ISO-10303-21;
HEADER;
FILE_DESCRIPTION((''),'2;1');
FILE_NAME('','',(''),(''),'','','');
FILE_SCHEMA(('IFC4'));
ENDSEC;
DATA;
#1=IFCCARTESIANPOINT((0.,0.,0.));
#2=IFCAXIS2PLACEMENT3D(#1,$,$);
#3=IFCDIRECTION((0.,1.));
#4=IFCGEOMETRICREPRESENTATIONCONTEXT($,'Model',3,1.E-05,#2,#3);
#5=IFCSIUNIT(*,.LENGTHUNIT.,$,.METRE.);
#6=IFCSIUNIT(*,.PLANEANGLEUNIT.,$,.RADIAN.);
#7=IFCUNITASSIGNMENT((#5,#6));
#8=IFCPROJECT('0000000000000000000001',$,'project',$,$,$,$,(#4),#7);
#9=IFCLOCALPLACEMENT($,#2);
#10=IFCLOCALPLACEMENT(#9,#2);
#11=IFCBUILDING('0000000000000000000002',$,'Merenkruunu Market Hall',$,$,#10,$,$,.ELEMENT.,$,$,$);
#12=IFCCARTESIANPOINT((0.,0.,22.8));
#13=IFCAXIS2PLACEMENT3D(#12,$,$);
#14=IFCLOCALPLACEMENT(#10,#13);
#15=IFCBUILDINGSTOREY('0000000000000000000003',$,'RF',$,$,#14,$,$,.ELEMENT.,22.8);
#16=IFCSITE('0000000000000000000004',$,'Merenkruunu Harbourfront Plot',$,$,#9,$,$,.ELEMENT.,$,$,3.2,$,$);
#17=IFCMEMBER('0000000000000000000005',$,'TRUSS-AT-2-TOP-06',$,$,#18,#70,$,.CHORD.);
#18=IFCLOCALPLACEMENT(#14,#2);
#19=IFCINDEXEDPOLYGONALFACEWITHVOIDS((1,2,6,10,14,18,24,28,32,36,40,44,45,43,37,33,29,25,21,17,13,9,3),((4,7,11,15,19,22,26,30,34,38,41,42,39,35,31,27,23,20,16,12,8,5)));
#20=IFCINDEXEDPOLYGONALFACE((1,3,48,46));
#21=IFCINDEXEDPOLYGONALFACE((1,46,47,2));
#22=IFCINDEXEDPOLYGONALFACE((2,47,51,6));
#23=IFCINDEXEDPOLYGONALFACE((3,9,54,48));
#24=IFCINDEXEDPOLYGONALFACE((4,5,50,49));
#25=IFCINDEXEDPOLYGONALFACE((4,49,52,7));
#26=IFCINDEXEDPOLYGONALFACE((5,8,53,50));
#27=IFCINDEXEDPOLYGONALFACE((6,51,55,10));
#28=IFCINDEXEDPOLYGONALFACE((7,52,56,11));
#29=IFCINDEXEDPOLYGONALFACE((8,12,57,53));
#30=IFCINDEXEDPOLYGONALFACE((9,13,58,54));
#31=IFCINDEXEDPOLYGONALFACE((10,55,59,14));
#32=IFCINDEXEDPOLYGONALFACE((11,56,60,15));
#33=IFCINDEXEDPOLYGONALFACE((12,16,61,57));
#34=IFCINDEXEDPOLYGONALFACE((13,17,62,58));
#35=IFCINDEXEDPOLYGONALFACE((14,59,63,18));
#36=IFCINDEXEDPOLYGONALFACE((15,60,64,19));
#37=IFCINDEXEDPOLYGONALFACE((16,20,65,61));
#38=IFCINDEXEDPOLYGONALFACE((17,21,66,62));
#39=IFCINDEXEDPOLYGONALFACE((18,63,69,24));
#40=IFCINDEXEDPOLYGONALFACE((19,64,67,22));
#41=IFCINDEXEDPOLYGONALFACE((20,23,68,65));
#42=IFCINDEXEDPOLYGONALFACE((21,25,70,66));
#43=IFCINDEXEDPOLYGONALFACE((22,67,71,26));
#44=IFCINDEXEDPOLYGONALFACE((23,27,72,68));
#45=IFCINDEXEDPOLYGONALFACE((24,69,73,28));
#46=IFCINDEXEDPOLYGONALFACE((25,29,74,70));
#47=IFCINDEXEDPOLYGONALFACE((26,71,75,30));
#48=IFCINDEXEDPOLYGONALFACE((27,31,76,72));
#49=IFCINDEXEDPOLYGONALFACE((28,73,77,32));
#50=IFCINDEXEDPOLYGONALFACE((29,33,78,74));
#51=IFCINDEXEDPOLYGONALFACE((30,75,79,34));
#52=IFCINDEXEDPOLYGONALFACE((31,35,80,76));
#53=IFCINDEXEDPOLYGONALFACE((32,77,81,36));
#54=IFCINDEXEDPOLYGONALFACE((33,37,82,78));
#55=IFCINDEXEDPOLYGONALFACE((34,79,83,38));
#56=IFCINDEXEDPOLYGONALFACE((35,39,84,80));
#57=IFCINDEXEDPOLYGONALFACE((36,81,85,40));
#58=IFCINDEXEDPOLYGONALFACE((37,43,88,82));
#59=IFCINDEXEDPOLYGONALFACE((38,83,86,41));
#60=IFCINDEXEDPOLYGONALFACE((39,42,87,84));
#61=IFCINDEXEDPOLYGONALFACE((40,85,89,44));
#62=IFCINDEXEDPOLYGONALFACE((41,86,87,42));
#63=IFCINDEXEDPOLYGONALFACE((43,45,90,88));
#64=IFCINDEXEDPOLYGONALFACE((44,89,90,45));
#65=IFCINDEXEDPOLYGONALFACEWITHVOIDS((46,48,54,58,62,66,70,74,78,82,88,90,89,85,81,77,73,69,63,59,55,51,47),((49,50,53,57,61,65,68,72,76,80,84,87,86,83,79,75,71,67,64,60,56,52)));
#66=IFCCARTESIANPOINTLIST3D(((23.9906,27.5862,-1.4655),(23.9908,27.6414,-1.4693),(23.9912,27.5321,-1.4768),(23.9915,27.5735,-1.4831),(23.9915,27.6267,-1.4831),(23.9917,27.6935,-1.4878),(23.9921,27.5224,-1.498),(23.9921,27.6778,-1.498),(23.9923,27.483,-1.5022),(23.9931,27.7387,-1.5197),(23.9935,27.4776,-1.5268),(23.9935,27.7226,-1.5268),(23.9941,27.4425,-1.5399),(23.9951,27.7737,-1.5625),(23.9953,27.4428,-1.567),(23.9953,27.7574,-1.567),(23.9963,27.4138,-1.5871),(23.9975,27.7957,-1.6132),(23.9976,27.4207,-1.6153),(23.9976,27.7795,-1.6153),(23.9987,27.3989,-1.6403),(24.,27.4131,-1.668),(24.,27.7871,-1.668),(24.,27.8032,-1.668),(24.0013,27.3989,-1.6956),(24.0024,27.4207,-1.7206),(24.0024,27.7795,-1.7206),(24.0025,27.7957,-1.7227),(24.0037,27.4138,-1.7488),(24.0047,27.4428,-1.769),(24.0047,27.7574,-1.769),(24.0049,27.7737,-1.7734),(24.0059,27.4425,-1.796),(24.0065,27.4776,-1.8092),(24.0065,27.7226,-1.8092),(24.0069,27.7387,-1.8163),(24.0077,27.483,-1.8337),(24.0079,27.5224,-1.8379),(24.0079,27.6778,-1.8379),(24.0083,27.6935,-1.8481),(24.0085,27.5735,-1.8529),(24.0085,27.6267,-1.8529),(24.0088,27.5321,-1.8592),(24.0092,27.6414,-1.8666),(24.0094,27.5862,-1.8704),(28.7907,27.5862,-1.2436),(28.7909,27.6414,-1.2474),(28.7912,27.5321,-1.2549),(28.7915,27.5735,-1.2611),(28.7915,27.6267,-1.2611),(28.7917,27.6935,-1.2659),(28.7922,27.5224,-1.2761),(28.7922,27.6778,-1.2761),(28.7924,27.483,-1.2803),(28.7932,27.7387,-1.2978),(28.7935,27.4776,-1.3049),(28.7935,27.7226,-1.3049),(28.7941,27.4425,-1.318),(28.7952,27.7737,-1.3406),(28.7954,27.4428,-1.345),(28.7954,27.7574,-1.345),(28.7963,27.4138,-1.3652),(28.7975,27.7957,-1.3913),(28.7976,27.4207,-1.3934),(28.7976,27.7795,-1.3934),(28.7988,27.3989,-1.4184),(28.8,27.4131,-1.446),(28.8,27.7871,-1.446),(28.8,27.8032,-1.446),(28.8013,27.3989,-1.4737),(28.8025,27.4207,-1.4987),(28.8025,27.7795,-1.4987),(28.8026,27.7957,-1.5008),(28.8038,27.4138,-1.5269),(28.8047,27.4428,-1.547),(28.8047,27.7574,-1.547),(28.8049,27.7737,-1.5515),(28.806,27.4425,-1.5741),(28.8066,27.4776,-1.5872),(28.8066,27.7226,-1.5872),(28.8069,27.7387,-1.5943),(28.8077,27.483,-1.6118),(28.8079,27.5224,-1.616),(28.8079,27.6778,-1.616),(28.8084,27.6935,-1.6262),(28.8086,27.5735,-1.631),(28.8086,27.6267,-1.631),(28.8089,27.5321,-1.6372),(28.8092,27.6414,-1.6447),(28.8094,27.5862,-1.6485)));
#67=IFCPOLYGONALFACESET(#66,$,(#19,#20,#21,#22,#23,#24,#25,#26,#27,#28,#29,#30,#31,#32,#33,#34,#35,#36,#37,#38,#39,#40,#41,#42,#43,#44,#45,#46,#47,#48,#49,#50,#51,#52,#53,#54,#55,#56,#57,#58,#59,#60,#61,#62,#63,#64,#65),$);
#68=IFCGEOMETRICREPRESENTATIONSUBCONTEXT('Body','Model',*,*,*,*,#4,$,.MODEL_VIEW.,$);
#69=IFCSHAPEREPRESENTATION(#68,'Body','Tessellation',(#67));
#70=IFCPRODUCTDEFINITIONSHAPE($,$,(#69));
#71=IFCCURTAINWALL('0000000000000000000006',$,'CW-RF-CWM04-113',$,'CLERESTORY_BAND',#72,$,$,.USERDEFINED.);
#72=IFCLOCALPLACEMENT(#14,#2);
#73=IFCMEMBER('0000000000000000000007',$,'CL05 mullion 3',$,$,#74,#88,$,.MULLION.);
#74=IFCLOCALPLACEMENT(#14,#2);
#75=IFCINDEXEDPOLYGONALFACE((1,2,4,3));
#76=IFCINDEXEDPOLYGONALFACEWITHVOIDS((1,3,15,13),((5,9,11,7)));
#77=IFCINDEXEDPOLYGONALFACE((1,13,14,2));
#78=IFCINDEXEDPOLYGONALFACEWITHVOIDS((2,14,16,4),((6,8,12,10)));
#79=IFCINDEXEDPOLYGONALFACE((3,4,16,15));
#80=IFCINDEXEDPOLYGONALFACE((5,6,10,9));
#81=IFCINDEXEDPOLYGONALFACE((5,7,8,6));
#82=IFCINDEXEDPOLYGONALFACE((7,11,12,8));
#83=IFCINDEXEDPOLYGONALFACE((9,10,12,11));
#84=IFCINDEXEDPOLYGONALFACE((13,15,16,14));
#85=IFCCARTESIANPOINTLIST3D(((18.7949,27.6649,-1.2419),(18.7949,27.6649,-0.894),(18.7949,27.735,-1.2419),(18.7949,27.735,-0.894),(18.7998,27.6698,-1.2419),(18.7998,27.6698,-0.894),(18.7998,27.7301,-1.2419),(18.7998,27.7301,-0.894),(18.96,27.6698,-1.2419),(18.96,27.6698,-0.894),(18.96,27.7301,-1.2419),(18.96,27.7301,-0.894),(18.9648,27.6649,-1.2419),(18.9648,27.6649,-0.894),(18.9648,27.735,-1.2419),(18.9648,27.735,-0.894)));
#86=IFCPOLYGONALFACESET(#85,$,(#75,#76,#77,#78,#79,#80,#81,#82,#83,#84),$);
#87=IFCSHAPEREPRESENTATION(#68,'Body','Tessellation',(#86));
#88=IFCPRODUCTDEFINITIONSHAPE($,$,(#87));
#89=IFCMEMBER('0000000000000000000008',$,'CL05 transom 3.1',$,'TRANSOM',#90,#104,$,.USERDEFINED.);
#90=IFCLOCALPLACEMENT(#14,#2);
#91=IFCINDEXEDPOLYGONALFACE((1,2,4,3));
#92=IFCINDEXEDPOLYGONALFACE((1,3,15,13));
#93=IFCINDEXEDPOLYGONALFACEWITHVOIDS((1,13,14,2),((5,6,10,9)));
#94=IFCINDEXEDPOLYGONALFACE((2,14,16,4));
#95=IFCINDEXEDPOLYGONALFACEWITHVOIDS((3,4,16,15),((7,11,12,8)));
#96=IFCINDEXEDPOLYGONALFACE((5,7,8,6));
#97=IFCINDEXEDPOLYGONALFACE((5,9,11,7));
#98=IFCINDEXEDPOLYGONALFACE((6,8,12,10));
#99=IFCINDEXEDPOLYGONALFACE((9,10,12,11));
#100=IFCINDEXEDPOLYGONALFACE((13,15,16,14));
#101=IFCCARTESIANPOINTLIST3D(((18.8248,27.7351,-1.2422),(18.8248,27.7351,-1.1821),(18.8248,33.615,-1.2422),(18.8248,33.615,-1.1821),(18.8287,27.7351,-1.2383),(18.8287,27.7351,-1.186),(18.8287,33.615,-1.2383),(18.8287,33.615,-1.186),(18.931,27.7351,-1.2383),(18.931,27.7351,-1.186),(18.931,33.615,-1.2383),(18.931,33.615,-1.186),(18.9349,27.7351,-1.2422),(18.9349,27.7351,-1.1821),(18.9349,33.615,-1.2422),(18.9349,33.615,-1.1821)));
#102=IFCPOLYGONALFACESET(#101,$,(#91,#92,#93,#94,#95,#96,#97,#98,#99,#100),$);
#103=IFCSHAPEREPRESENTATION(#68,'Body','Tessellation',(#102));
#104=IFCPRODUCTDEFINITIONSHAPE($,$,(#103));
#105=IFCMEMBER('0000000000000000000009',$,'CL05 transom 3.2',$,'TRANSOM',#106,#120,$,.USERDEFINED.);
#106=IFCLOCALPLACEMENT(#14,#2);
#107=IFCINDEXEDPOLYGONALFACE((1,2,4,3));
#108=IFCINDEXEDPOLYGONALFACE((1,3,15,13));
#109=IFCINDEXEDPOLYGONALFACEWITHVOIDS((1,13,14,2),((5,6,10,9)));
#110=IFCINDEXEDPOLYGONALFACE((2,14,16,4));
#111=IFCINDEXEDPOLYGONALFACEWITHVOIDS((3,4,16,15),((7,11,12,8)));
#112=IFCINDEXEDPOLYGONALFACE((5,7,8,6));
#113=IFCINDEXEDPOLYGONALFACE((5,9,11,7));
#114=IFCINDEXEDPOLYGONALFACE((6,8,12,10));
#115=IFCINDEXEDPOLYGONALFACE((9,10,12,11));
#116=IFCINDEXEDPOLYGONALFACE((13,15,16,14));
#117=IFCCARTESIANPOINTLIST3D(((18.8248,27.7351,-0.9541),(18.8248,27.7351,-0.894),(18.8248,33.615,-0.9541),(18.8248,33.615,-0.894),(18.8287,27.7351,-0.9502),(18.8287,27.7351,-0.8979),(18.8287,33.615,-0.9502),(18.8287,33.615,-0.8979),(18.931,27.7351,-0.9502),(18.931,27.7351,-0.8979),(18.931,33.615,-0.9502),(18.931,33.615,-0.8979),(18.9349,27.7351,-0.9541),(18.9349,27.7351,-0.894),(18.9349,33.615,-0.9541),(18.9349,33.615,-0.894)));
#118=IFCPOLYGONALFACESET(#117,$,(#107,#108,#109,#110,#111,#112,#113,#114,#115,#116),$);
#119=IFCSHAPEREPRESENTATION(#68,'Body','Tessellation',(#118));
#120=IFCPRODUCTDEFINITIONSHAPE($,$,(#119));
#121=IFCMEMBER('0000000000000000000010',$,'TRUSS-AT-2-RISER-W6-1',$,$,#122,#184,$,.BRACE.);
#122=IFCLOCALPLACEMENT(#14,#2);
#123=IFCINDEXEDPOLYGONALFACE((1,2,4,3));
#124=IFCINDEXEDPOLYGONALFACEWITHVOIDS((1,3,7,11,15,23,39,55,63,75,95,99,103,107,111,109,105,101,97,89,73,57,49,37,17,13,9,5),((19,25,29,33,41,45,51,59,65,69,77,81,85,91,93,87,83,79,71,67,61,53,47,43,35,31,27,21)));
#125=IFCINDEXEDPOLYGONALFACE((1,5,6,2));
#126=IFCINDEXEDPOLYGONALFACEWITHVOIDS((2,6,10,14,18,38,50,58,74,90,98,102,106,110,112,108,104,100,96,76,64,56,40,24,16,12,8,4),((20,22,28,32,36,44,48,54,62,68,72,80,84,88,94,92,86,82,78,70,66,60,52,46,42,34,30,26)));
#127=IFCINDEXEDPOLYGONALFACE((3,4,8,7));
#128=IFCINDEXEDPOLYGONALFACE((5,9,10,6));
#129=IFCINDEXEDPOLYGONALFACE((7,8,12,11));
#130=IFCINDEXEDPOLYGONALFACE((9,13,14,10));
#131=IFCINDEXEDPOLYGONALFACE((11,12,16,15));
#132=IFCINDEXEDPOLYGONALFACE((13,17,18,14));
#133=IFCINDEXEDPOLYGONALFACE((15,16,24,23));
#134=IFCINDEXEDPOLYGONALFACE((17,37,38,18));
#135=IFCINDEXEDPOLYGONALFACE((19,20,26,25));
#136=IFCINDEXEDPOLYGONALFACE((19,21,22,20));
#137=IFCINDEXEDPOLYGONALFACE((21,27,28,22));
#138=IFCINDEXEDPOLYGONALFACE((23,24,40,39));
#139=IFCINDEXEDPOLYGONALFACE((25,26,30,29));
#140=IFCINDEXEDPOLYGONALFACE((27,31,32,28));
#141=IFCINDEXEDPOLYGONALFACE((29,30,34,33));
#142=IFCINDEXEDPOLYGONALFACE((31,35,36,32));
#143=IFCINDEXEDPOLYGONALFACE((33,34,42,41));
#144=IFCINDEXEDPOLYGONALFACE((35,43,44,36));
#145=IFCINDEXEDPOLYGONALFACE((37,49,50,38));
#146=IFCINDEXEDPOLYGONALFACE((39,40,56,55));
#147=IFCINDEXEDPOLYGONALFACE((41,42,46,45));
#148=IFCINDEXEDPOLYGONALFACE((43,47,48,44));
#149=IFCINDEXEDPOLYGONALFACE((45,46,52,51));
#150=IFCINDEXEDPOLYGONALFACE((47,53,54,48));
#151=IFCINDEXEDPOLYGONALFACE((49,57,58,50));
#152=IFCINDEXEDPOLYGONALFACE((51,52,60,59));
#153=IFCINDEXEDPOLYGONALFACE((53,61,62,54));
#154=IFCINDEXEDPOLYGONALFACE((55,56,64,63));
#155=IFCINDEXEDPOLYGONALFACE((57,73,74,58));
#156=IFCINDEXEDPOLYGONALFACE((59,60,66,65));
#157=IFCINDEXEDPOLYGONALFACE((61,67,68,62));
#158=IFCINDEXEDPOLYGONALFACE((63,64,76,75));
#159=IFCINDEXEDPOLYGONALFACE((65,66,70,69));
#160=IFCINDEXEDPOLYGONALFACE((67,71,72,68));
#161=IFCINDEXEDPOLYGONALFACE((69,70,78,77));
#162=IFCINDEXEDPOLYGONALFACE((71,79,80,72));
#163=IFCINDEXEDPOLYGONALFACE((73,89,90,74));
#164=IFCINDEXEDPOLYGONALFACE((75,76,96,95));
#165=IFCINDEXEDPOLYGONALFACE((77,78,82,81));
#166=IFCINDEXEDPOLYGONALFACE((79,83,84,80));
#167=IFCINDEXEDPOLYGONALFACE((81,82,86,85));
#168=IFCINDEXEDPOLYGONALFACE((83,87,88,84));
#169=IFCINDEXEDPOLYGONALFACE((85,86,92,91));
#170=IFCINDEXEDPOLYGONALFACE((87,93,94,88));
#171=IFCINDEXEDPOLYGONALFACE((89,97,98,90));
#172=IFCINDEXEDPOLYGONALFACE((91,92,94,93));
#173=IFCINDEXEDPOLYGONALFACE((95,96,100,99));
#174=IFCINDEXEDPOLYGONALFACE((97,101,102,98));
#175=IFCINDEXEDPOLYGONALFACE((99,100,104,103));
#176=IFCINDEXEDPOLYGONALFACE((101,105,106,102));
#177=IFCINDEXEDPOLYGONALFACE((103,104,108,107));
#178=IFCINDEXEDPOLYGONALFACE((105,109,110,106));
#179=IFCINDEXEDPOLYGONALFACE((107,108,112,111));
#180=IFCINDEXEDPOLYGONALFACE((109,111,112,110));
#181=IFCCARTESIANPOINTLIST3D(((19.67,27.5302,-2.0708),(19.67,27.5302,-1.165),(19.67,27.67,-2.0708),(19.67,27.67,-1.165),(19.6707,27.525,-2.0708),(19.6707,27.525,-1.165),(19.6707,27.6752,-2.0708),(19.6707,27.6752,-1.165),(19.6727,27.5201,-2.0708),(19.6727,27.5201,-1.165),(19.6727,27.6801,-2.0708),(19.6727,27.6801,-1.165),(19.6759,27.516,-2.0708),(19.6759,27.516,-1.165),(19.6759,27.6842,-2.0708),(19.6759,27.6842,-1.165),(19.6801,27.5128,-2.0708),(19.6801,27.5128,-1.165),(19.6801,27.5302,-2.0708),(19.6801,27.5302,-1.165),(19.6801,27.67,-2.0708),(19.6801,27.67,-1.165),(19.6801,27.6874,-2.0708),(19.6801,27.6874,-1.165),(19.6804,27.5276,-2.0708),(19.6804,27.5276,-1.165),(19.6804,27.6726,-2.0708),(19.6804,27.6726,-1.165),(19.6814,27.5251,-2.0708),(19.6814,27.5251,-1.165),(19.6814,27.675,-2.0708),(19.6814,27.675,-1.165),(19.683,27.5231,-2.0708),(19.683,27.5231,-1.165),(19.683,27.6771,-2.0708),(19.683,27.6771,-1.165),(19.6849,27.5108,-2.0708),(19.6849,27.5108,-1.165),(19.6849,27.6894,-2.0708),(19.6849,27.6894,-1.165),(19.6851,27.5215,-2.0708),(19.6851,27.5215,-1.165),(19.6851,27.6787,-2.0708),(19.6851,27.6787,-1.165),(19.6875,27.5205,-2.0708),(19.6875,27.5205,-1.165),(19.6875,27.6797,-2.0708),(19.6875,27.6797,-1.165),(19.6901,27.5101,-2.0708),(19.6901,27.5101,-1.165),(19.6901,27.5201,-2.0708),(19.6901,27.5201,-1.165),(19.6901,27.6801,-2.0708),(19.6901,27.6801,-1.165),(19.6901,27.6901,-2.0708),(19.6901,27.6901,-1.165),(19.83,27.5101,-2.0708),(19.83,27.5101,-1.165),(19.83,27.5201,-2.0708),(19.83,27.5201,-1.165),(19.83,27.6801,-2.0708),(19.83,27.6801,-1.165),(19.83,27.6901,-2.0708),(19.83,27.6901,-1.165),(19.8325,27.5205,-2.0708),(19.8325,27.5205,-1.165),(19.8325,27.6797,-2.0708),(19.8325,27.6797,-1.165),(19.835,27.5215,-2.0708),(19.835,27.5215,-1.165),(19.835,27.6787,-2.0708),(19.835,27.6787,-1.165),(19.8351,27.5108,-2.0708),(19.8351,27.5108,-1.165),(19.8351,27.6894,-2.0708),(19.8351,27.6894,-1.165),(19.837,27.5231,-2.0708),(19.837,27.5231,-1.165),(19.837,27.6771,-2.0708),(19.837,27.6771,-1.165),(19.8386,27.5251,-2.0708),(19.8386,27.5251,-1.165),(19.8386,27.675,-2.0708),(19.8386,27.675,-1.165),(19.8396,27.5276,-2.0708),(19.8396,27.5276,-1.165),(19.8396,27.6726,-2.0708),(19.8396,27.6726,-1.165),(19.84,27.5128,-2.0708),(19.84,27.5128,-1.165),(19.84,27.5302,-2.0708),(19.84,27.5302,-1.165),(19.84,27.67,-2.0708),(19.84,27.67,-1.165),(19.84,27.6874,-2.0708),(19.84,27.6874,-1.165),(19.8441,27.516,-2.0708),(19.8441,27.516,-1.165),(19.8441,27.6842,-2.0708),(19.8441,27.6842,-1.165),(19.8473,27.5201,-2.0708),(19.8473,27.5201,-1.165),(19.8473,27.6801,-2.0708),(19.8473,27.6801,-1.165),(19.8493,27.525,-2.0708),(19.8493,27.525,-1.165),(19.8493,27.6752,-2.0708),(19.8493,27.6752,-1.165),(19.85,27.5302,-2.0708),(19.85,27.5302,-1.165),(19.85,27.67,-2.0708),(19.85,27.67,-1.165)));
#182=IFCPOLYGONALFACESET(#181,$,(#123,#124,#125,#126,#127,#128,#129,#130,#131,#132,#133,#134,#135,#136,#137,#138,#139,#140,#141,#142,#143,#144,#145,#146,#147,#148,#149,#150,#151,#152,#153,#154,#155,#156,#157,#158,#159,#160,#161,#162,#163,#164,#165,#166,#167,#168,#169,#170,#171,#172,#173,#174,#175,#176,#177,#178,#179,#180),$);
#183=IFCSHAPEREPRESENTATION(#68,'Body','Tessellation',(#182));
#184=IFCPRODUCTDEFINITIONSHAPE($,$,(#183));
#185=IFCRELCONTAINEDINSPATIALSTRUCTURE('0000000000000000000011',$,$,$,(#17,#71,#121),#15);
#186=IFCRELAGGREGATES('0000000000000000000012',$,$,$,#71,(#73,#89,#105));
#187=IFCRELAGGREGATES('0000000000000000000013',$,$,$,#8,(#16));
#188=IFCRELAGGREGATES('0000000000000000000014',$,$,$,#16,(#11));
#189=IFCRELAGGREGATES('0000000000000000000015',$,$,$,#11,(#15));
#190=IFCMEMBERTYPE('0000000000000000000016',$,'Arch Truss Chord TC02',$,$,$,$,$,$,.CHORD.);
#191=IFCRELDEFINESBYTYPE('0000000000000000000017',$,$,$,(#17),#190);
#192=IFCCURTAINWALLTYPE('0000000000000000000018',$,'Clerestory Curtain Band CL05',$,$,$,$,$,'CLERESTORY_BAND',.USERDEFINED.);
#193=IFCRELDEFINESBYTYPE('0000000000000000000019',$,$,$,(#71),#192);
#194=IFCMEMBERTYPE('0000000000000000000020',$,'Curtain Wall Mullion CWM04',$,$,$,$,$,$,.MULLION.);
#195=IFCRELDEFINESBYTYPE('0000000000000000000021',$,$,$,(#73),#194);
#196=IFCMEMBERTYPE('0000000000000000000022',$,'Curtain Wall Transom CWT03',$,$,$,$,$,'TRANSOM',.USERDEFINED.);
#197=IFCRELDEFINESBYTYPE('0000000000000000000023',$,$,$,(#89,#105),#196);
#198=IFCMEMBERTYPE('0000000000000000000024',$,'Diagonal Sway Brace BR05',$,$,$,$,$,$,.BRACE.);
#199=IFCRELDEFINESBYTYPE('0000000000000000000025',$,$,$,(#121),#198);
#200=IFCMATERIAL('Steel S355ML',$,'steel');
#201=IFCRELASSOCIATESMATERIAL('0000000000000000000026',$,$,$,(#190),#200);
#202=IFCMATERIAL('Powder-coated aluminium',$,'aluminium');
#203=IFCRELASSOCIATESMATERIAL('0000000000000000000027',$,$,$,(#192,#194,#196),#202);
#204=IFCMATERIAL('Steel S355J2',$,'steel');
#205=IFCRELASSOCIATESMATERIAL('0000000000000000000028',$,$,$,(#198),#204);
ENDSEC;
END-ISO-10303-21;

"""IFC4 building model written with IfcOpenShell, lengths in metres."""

from ifc_helpers import new_model, si_unit, direction, frame, origin, origin_2d, place, context, subcontext, project, spatial, hollow_rectangle, hollow_circle, extrude, material, material_profile, profile_set, type_object, element, aggregate, save


model = new_model("IFC4")

# Units and contexts
model_context = context("Model", 3, precision=1e-05, world=origin(), true_north=direction((0.0, 1.0)))
body_context = subcontext(model_context, "Body", "Model", "MODEL_VIEW")
ifc_project = project(units=[si_unit("LENGTHUNIT", "METRE"), si_unit("PLANEANGLEUNIT", "RADIAN")], contexts=[model_context])

# Site, building, storey
site_placement = place(None, origin())
site = spatial("IfcSite", under=ifc_project, at=site_placement, Name="Merenkruunu Harbourfront Plot", CompositionType="ELEMENT", RefElevation=3.2)
building_placement = place(site_placement, origin())
building = spatial("IfcBuilding", under=site, at=building_placement, Name="Merenkruunu Market Hall", CompositionType="ELEMENT")
storey_placement = place(building_placement, frame((0.0, 0.0, 22.8)))
storey = spatial("IfcBuildingStorey", under=building, at=storey_placement, Name="RF", CompositionType="ELEMENT", Elevation=22.8)

# Member
ifc_material_1 = material(Name="Steel S355ML", Category="steel")
ifc_material_profile_1 = material_profile(ifc_material_1, hollow_circle(Radius=0.2031, WallThickness=0.0161, at=origin_2d()), Name="CHS 406.4x16")
ifc_profile_set_1 = profile_set([ifc_material_profile_1], Name="Steel S355ML")
member_type_1 = type_object("IfcMemberType", Name="Arch Truss Chord TC02", PredefinedType="CHORD", material=ifc_profile_set_1)
member_1_placement = place(storey_placement, frame((24.0, 27.6001, -1.668), z_axis=(0.998933, 0.0, 0.046184), x_axis=(0.0, 1.0, 0.0)))
element("IfcMember", 1, at=member_1_placement, inside=storey, type_object=member_type_1, Name="TRUSS-AT-2-TOP-06", PredefinedType="CHORD", context=body_context, shape_type="SweptSolid", body=[
    extrude(hollow_circle(Radius=0.2031, WallThickness=0.0161, at=origin_2d()), origin(), (0.0, 0.0, 1.0), 4.8052),
])

# Curtain wall, members
ifc_material_2 = material(Name="Powder-coated aluminium", Category="aluminium")
curtain_wall_type = type_object("IfcCurtainWallType", Name="Clerestory Curtain Band CL05", ElementType="CLERESTORY_BAND", PredefinedType="USERDEFINED", material=ifc_material_2)
curtain_wall_placement = place(storey_placement, origin())
curtain_wall = element("IfcCurtainWall", 2, at=curtain_wall_placement, inside=storey, type_object=curtain_wall_type, Name="CW-RF-CWM04-113", ObjectType="CLERESTORY_BAND", PredefinedType="USERDEFINED")
ifc_material_profile_2 = material_profile(ifc_material_2, hollow_rectangle(XDim=0.0701, YDim=0.1699, WallThickness=0.0049, at=origin_2d()), Name="ALU 70x170x5")
ifc_profile_set_2 = profile_set([ifc_material_profile_2], Name="Powder-coated aluminium")
member_type_2 = type_object("IfcMemberType", Name="Curtain Wall Mullion CWM04", PredefinedType="MULLION", material=ifc_profile_set_2)
member_2_placement = place(storey_placement, frame((18.8799, 27.7, -1.2419), z_axis=(0.0, 0.0, 1.0), x_axis=(0.0, 1.0, 0.0)))
member_2 = element("IfcMember", 3, at=member_2_placement, type_object=member_type_2, Name="CL05 mullion 3", PredefinedType="MULLION", context=body_context, shape_type="SweptSolid", body=[
    extrude(hollow_rectangle(XDim=0.0701, YDim=0.1699, WallThickness=0.0049, at=origin_2d()), origin(), (0.0, 0.0, 1.0), 0.3479),
])
ifc_material_profile_3 = material_profile(ifc_material_2, hollow_rectangle(XDim=0.0601, YDim=0.1101, WallThickness=0.0039, at=origin_2d()), Name="ALU 60x110x4")
ifc_profile_set_3 = profile_set([ifc_material_profile_3], Name="Powder-coated aluminium")
member_type_3 = type_object("IfcMemberType", Name="Curtain Wall Transom CWT03", ElementType="TRANSOM", PredefinedType="USERDEFINED", material=ifc_profile_set_3)
member_3_placement = place(storey_placement, frame((18.8799, 27.7351, -1.2122), z_axis=(0.0, 1.0, 0.0), x_axis=(0.0, 0.0, 1.0)))
member_3 = element("IfcMember", 4, at=member_3_placement, type_object=member_type_3, Name="CL05 transom 3.1", ObjectType="TRANSOM", PredefinedType="USERDEFINED", context=body_context, shape_type="SweptSolid", body=[
    extrude(hollow_rectangle(XDim=0.0601, YDim=0.1101, WallThickness=0.0039, at=origin_2d()), origin(), (0.0, 0.0, 1.0), 5.8799),
])
member_4_placement = place(storey_placement, frame((18.8799, 27.7351, -0.9241), z_axis=(0.0, 1.0, 0.0), x_axis=(0.0, 0.0, 1.0)))
member_4 = element("IfcMember", 5, at=member_4_placement, type_object=member_type_3, Name="CL05 transom 3.2", ObjectType="TRANSOM", PredefinedType="USERDEFINED", context=body_context, shape_type="SweptSolid", body=[
    extrude(hollow_rectangle(XDim=0.0601, YDim=0.1101, WallThickness=0.0039, at=origin_2d()), origin(), (0.0, 0.0, 1.0), 5.8799),
])

# Member
ifc_material_3 = material(Name="Steel S355J2", Category="steel")
ifc_material_profile_4 = material_profile(ifc_material_3, hollow_rectangle(XDim=0.1799, YDim=0.1799, WallThickness=0.01, InnerFilletRadius=0.01, OuterFilletRadius=0.02, at=origin_2d()), Name="SHS 180x180x10")
ifc_profile_set_4 = profile_set([ifc_material_profile_4], Name="Steel S355J2")
member_type_4 = type_object("IfcMemberType", Name="Diagonal Sway Brace BR05", PredefinedType="BRACE", material=ifc_profile_set_4)
member_5_placement = place(storey_placement, frame((19.76, 27.6001, -2.0708), z_axis=(0.0, 0.0, 1.0), x_axis=(1.0, 0.0, 0.0)))
element("IfcMember", 6, at=member_5_placement, inside=storey, type_object=member_type_4, Name="TRUSS-AT-2-RISER-W6-1", PredefinedType="BRACE", context=body_context, shape_type="SweptSolid", body=[
    extrude(hollow_rectangle(XDim=0.1799, YDim=0.1799, WallThickness=0.01, InnerFilletRadius=0.01, OuterFilletRadius=0.02, at=origin_2d()), origin(), (0.0, 0.0, 1.0), 0.9058),
])

aggregate(curtain_wall, [member_2, member_3, member_4])

save(model, "model.ifc")
